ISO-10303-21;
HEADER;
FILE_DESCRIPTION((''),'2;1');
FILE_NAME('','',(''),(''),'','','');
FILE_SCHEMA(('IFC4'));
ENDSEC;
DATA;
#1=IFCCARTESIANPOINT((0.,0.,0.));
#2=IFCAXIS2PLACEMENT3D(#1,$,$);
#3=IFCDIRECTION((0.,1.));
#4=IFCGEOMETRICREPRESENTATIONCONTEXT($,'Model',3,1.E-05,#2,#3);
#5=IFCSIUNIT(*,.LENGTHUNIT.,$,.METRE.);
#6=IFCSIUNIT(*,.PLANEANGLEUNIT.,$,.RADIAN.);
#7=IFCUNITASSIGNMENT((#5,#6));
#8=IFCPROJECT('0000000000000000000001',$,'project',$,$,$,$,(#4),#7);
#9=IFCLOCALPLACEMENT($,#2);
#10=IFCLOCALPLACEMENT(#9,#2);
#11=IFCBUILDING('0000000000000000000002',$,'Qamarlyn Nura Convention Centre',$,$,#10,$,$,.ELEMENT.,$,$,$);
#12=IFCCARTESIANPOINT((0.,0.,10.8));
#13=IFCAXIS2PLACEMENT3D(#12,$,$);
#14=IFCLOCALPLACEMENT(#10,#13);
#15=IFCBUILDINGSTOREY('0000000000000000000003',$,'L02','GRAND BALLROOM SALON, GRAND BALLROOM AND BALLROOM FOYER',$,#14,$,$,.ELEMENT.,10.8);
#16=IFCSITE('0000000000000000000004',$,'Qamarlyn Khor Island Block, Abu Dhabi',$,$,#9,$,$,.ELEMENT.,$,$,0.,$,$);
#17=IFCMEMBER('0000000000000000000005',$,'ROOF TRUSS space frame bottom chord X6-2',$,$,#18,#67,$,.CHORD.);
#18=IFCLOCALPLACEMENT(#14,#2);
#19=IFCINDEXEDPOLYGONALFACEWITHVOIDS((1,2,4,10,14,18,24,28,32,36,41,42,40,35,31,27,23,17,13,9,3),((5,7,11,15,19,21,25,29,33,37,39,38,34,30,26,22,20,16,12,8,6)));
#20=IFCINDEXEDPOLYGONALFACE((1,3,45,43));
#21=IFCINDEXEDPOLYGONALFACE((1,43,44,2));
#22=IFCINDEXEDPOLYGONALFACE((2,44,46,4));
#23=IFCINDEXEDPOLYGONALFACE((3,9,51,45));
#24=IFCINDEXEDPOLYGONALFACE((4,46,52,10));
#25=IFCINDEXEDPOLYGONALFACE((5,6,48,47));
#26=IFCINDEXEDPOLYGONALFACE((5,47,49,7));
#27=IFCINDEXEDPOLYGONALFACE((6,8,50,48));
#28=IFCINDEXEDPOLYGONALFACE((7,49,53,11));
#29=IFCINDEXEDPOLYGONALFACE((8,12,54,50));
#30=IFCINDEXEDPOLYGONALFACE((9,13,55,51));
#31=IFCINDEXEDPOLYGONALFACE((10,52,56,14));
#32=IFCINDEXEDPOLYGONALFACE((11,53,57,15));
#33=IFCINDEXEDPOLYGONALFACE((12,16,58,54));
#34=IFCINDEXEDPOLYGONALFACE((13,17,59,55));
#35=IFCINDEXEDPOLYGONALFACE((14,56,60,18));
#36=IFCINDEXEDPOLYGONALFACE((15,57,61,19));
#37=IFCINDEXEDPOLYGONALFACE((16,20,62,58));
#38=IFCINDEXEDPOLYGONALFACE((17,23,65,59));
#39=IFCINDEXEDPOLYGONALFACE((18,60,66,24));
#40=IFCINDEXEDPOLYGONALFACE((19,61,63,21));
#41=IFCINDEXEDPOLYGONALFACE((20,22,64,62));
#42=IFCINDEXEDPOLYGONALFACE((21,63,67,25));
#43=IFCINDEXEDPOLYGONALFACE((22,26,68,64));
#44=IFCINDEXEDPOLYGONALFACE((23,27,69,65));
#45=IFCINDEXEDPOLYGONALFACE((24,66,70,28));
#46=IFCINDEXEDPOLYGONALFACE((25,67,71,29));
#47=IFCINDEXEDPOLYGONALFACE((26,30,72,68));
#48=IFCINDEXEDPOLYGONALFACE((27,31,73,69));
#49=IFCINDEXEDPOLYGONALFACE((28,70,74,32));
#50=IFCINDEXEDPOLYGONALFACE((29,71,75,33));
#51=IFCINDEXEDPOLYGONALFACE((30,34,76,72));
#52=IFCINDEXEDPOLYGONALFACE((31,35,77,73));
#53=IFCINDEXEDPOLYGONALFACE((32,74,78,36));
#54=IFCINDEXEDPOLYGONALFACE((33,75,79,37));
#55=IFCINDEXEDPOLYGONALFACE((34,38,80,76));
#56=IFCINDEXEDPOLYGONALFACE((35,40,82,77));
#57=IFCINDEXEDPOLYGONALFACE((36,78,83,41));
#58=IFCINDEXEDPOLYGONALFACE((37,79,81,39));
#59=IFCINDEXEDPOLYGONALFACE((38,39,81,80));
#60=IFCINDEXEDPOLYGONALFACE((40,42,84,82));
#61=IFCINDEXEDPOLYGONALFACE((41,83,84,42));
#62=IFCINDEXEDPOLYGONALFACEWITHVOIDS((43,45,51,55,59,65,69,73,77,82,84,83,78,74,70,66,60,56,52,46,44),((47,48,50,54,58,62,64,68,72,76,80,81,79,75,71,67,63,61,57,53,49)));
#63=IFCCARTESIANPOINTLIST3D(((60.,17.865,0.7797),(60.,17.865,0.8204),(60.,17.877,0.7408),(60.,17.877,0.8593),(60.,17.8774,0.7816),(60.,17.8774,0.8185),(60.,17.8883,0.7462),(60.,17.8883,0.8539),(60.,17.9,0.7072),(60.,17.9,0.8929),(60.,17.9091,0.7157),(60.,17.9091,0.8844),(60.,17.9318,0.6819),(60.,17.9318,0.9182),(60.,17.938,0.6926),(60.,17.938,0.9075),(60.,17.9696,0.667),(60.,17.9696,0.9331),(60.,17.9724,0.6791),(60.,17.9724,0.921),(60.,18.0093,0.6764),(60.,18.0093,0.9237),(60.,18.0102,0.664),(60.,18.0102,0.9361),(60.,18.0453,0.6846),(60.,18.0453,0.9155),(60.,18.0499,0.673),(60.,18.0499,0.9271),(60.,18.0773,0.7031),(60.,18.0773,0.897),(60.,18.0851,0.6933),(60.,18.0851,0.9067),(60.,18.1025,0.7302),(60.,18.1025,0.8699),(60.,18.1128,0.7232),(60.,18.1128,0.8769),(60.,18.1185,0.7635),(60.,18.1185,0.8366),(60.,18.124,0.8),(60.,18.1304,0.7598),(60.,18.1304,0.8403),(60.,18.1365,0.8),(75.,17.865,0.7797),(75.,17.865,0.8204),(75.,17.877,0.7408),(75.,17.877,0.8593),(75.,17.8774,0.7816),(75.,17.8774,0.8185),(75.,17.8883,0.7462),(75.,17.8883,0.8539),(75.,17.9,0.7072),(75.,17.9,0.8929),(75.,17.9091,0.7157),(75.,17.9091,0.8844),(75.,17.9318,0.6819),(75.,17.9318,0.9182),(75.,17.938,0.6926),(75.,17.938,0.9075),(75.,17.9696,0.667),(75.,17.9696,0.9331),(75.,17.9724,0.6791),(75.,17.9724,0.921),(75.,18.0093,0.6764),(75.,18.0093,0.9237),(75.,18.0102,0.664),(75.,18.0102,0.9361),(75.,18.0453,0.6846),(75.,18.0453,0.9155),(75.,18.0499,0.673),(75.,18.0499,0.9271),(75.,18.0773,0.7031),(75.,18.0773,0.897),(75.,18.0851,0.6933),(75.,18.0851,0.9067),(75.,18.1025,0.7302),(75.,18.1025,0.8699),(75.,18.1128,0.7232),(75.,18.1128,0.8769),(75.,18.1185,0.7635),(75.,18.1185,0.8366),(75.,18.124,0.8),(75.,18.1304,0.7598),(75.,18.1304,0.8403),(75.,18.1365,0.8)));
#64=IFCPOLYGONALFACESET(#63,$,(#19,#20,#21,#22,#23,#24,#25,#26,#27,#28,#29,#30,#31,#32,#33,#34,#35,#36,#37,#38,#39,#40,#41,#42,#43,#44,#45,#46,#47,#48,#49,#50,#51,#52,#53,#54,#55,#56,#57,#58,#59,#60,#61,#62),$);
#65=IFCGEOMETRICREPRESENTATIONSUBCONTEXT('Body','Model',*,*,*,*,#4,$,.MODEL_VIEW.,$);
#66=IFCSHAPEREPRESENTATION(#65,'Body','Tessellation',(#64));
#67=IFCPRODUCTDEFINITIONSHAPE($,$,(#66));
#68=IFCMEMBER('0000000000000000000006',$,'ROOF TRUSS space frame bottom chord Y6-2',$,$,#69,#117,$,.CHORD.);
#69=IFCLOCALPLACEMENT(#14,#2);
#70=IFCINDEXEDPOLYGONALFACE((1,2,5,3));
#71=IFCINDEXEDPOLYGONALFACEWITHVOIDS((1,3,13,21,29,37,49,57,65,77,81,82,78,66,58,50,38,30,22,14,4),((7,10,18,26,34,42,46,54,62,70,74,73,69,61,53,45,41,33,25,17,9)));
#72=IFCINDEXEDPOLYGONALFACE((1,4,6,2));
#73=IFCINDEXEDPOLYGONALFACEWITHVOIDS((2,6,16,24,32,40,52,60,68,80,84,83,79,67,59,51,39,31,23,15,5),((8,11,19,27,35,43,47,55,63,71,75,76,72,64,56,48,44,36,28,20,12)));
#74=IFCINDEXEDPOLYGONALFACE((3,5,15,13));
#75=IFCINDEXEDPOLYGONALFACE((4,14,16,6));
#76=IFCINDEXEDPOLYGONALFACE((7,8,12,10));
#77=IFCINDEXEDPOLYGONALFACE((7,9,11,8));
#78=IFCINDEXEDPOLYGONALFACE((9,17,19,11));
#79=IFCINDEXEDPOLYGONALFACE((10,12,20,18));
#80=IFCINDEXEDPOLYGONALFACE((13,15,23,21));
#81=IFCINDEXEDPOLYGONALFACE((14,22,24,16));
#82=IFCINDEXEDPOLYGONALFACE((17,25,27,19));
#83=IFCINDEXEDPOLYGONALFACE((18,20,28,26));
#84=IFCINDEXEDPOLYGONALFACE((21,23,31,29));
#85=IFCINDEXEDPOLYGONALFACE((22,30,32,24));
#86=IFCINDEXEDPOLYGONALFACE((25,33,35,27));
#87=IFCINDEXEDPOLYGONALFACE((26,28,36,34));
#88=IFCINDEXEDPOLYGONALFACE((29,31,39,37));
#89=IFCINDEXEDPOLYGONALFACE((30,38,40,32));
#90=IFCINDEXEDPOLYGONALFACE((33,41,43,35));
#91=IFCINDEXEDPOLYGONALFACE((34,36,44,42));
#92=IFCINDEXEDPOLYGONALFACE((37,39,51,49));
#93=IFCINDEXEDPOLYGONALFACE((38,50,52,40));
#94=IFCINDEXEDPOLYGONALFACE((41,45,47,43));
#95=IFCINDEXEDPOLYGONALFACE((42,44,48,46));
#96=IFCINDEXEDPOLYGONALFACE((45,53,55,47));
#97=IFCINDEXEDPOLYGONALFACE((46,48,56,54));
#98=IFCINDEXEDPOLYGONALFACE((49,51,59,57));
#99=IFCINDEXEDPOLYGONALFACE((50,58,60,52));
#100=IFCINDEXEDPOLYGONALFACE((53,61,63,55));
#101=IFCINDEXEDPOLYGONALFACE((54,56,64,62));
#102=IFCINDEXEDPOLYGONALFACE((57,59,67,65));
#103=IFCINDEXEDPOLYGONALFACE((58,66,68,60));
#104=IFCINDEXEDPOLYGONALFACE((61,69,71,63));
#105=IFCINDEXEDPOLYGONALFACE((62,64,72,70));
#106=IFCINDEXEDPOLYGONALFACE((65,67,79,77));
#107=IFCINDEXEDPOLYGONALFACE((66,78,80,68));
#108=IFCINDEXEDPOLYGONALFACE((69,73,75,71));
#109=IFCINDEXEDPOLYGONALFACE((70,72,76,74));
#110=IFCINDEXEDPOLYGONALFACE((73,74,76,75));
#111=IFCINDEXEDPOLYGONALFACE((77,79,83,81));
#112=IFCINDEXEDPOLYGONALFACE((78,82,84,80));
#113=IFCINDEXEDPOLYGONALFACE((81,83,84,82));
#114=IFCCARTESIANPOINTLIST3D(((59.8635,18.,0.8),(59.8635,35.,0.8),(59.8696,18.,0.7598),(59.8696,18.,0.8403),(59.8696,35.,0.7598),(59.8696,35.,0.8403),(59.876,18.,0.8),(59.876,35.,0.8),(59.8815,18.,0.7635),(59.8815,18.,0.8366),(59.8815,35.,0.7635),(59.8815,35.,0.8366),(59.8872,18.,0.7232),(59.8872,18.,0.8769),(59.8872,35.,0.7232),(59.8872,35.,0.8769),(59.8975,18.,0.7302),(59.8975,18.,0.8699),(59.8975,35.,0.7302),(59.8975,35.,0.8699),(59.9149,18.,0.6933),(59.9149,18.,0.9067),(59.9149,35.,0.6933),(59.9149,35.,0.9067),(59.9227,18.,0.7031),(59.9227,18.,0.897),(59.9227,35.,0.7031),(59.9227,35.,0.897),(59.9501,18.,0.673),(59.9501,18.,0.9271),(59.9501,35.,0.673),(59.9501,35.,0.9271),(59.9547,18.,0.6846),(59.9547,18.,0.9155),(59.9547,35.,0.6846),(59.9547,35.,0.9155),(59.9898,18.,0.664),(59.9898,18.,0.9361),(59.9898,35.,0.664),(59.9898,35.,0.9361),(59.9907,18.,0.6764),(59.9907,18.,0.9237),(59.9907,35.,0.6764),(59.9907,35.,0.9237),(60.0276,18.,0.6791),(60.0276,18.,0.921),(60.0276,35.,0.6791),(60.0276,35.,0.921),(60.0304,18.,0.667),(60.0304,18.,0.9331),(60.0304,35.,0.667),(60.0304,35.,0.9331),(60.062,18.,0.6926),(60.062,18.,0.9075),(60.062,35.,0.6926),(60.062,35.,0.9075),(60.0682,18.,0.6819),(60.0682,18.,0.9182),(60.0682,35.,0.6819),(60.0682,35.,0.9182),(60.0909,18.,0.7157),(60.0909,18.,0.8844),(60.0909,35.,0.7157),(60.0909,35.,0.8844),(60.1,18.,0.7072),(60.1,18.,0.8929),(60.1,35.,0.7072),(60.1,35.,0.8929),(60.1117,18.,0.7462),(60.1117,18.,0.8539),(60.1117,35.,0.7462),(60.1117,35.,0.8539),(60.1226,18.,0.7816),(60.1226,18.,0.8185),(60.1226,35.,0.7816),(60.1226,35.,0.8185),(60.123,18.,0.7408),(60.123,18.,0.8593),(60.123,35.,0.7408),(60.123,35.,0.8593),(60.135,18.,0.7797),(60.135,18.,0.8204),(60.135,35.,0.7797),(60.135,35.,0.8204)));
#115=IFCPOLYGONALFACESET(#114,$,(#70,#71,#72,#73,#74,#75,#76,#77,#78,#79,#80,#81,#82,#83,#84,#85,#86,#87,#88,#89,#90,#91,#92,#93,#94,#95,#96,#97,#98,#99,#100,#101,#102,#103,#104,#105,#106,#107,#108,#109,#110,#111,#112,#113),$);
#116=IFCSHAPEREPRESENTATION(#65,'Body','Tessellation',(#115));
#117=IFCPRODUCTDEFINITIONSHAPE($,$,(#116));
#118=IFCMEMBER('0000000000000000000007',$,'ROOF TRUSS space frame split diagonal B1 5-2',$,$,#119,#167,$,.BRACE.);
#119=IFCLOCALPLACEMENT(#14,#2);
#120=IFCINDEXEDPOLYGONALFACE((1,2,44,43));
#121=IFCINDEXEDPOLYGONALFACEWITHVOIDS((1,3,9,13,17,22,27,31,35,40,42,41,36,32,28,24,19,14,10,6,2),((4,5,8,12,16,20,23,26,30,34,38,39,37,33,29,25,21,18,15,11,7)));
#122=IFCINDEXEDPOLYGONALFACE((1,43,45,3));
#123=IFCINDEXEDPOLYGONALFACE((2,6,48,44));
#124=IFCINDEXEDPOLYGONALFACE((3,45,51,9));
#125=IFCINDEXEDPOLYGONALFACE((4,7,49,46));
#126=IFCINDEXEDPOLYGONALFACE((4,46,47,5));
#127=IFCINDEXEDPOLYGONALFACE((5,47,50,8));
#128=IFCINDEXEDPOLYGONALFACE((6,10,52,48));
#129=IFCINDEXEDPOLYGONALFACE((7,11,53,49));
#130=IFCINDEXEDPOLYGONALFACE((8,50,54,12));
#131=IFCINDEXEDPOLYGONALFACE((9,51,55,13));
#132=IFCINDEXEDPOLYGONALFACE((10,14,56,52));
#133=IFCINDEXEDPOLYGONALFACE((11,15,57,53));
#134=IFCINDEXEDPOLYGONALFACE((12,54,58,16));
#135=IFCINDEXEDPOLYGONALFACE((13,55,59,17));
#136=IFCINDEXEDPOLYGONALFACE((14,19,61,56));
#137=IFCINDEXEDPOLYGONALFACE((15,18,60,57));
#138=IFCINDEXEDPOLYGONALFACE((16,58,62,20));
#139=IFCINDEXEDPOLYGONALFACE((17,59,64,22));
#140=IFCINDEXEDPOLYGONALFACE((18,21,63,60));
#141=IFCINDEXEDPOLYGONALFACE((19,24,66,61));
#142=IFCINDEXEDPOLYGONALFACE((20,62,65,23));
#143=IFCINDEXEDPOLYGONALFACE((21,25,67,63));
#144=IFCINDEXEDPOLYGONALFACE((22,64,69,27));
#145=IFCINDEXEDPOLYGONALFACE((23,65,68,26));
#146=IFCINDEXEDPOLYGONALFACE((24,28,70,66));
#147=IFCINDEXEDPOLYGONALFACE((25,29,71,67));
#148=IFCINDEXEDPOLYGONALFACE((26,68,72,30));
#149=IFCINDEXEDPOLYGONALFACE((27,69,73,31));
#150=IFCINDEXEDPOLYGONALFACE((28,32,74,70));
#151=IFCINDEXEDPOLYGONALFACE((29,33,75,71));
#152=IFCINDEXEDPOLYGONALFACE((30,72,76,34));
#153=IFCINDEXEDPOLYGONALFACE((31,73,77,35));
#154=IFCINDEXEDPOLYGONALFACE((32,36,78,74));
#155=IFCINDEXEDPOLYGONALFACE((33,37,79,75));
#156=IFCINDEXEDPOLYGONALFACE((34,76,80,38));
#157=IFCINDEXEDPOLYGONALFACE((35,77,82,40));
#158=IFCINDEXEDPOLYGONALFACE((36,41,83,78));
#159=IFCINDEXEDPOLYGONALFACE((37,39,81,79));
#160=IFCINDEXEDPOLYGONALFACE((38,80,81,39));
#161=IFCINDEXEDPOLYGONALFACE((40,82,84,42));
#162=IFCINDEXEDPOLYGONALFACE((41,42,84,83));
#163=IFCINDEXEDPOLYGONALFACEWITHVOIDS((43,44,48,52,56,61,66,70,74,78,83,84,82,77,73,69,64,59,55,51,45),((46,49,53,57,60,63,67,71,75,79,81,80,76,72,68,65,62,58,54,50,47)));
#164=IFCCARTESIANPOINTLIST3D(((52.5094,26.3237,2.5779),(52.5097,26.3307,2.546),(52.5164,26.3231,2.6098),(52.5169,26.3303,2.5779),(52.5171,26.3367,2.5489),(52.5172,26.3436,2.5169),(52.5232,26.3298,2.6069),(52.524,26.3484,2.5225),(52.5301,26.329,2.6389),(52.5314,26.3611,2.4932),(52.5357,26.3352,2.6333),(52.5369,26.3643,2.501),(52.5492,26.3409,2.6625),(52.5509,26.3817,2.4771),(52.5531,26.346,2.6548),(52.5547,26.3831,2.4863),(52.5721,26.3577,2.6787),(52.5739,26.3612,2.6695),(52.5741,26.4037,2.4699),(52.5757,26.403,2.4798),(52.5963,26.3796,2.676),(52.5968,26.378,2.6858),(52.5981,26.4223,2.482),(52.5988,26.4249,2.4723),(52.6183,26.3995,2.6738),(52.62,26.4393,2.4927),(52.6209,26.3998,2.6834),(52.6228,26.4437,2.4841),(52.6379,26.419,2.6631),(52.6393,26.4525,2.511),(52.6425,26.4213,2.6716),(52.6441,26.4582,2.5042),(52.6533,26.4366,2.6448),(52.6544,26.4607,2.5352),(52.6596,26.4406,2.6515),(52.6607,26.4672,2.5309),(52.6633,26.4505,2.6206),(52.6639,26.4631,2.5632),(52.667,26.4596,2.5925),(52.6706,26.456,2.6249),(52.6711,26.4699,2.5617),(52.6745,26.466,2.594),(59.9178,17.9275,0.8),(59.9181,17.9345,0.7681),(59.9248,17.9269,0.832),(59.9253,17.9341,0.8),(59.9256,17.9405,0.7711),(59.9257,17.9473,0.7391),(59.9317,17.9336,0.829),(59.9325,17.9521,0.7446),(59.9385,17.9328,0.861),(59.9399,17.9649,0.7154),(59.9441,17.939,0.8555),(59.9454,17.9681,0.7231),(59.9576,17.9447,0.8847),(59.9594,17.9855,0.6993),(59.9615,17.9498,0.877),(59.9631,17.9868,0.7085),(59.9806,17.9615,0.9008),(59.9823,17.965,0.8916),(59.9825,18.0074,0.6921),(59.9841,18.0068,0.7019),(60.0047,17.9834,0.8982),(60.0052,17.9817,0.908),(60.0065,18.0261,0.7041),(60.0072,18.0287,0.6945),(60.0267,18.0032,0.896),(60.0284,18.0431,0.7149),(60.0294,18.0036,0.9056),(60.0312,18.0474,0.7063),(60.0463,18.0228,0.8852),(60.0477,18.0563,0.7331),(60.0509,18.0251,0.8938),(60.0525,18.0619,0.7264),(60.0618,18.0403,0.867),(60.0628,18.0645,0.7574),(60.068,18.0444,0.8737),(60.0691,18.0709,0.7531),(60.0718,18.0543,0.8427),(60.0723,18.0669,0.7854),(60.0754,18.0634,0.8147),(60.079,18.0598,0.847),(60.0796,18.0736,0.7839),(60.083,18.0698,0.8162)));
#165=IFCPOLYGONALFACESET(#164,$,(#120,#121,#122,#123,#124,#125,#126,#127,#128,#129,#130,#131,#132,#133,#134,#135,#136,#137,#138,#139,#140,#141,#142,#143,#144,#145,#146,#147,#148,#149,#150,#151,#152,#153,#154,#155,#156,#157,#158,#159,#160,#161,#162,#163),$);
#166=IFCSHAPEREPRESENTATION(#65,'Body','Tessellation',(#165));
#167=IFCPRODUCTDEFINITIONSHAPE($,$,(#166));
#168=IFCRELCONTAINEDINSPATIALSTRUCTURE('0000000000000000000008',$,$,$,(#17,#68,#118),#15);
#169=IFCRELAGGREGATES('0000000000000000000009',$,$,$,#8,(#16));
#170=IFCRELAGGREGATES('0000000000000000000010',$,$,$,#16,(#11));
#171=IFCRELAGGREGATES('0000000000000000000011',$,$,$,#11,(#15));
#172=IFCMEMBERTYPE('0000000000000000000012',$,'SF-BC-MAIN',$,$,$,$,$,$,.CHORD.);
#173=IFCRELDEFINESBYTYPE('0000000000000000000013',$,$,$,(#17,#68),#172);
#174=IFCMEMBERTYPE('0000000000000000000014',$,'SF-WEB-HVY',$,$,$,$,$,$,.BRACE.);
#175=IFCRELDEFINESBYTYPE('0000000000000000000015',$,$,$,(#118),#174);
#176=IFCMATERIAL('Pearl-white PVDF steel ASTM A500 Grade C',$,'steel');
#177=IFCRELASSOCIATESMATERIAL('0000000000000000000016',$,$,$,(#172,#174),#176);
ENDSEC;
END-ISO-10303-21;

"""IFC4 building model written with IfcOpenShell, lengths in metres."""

from ifc_helpers import new_model, si_unit, direction, frame, origin, origin_2d, place, context, subcontext, project, spatial, hollow_circle, extrude, material, material_profile, profile_set, type_object, element, save


model = new_model("IFC4")

# Units and contexts
model_context = context("Model", 3, precision=1e-05, world=origin(), true_north=direction((0.0, 1.0)))
body_context = subcontext(model_context, "Body", "Model", "MODEL_VIEW")
ifc_project = project(units=[si_unit("LENGTHUNIT", "METRE"), si_unit("PLANEANGLEUNIT", "RADIAN")], contexts=[model_context])

# Site, building, storey
site_placement = place(None, origin())
site = spatial("IfcSite", under=ifc_project, at=site_placement, Name="Qamarlyn Khor Island Block, Abu Dhabi", CompositionType="ELEMENT", RefElevation=0.0)
building_placement = place(site_placement, origin())
building = spatial("IfcBuilding", under=site, at=building_placement, Name="Qamarlyn Nura Convention Centre", CompositionType="ELEMENT")
storey_placement = place(building_placement, frame((0.0, 0.0, 10.8)))
storey = spatial("IfcBuildingStorey", under=building, at=storey_placement, Name="L02", Description="GRAND BALLROOM SALON, GRAND BALLROOM AND BALLROOM FOYER", CompositionType="ELEMENT", Elevation=10.8)

# Members
ifc_material_1 = material(Name="Pearl-white PVDF steel ASTM A500 Grade C", Category="steel")
ifc_material_profile_1 = material_profile(ifc_material_1, hollow_circle(Radius=0.1365, WallThickness=0.0125, at=origin_2d()), Name="CHS273X12.5")
ifc_profile_set_1 = profile_set([ifc_material_profile_1], Name="Pearl-white PVDF steel ASTM A500 Grade C")
member_type_1 = type_object("IfcMemberType", Name="SF-BC-MAIN", PredefinedType="CHORD", material=ifc_profile_set_1)
member_1_placement = place(storey_placement, frame((60.0, 18.0, 0.8), z_axis=(1.0, 0.0, 0.0), x_axis=(0.0, 1.0, 0.0)))
element("IfcMember", 1, at=member_1_placement, inside=storey, type_object=member_type_1, Name="ROOF TRUSS space frame bottom chord X6-2", PredefinedType="CHORD", context=body_context, shape_type="SweptSolid", body=[
    extrude(hollow_circle(Radius=0.1365, WallThickness=0.0125, at=origin_2d()), origin(), (0.0, 0.0, 1.0), 15.0),
])
member_2_placement = place(storey_placement, frame((60.0, 18.0, 0.8), z_axis=(0.0, 1.0, 0.0), x_axis=(-1.0, 0.0, 0.0)))
element("IfcMember", 2, at=member_2_placement, inside=storey, type_object=member_type_1, Name="ROOF TRUSS space frame bottom chord Y6-2", PredefinedType="CHORD", context=body_context, shape_type="SweptSolid", body=[
    extrude(hollow_circle(Radius=0.1365, WallThickness=0.0125, at=origin_2d()), origin(), (0.0, 0.0, 1.0), 17.0),
])
ifc_material_profile_2 = material_profile(ifc_material_1, hollow_circle(Radius=0.1096, WallThickness=0.01, at=origin_2d()), Name="CHS219.1X10")
ifc_profile_set_2 = profile_set([ifc_material_profile_2], Name="Pearl-white PVDF steel ASTM A500 Grade C")
member_type_2 = type_object("IfcMemberType", Name="SF-WEB-HVY", PredefinedType="BRACE", material=ifc_profile_set_2)
member_3_placement = place(storey_placement, frame((60.0, 18.0, 0.8), z_axis=(-0.653437, 0.740562, 0.156808), x_axis=(-0.749838, -0.661622, 0.0)))
element("IfcMember", 3, at=member_3_placement, inside=storey, type_object=member_type_2, Name="ROOF TRUSS space frame split diagonal B1 5-2", PredefinedType="BRACE", context=body_context, shape_type="SweptSolid", body=[
    extrude(hollow_circle(Radius=0.1096, WallThickness=0.01, at=origin_2d()), origin(), (0.0, 0.0, 1.0), 11.3376),
])

save(model, "model.ifc")
